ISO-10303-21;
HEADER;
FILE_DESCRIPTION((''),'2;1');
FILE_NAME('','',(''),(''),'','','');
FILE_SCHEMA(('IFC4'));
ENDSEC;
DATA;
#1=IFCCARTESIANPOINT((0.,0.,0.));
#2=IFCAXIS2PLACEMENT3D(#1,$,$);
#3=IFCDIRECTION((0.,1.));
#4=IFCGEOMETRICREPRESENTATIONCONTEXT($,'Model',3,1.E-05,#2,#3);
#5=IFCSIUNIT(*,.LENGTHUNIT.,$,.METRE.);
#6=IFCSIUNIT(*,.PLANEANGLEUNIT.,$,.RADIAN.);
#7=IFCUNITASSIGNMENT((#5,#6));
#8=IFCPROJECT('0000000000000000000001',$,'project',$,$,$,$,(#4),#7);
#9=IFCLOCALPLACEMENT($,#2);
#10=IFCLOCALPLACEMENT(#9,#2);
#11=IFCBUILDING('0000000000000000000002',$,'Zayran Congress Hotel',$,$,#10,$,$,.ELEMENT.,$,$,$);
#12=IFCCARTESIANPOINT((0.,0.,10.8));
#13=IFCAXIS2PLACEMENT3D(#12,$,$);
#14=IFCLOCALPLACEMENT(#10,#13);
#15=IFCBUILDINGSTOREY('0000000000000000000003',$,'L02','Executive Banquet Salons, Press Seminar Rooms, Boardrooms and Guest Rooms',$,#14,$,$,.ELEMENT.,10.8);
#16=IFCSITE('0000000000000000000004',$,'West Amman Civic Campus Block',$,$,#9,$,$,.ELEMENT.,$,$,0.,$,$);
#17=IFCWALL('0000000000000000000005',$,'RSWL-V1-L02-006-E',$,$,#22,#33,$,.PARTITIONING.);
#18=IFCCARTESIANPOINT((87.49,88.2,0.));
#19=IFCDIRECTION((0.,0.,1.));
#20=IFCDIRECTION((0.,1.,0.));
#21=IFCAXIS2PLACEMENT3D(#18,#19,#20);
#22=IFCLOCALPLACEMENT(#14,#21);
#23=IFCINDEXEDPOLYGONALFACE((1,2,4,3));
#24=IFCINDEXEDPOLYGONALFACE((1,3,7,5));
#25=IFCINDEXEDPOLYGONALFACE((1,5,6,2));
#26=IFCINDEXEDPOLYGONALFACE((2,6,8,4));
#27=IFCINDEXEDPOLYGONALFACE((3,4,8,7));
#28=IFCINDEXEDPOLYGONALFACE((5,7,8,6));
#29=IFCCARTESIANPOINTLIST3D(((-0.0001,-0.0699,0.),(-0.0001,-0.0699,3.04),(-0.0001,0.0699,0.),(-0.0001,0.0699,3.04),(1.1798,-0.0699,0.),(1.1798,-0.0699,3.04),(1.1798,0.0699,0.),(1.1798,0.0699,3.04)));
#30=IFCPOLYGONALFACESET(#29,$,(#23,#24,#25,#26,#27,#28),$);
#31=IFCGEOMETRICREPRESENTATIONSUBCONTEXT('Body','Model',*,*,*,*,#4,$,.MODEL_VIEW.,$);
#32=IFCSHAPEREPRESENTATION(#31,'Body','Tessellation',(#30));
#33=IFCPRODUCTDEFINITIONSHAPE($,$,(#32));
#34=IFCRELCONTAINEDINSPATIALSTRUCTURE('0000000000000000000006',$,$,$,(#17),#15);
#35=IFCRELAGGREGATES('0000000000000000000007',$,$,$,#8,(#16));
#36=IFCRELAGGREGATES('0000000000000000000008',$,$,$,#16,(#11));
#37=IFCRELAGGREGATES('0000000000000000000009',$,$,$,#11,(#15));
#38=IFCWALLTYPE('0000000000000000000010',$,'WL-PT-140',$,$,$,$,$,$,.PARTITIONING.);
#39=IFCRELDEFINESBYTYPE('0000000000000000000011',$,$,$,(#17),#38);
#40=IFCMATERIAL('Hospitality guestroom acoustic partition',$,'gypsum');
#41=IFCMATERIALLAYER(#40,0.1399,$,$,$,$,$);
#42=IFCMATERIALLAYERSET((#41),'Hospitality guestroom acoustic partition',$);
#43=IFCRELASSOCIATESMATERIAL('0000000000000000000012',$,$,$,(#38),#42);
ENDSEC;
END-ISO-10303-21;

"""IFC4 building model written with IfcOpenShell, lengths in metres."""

from ifc_helpers import new_model, si_unit, direction, frame, frame_2d, origin, place, context, subcontext, project, spatial, rectangle, extrude, material, layer, layer_set, type_object, element, save


model = new_model("IFC4")

# Units and contexts
model_context = context("Model", 3, precision=1e-05, world=origin(), true_north=direction((0.0, 1.0)))
body_context = subcontext(model_context, "Body", "Model", "MODEL_VIEW")
ifc_project = project(units=[si_unit("LENGTHUNIT", "METRE"), si_unit("PLANEANGLEUNIT", "RADIAN")], contexts=[model_context])

# Site, building, storey
site_placement = place(None, origin())
site = spatial("IfcSite", under=ifc_project, at=site_placement, Name="West Amman Civic Campus Block", CompositionType="ELEMENT", RefElevation=0.0)
building_placement = place(site_placement, origin())
building = spatial("IfcBuilding", under=site, at=building_placement, Name="Zayran Congress Hotel", CompositionType="ELEMENT")
storey_placement = place(building_placement, frame((0.0, 0.0, 10.8)))
storey = spatial("IfcBuildingStorey", under=building, at=storey_placement, Name="L02", Description="Executive Banquet Salons, Press Seminar Rooms, Boardrooms and Guest Rooms", CompositionType="ELEMENT", Elevation=10.8)

# Wall
ifc_material_1 = material(Name="Hospitality guestroom acoustic partition", Category="gypsum")
ifc_layer_1 = layer(ifc_material_1, 0.1399)
ifc_layer_set_1 = layer_set([ifc_layer_1], Name="Hospitality guestroom acoustic partition")
wall_type_1 = type_object("IfcWallType", Name="WL-PT-140", PredefinedType="PARTITIONING", material=ifc_layer_set_1)
for number, where, z_axis, x_axis, name in (
    (1, (87.49, 88.2, 0.0), (0.0, 0.0, 1.0), (0.0, 1.0, 0.0), "RSWL-V1-L02-006-E"),
):
    element("IfcWall", number, at=place(storey_placement, frame(where, z_axis=z_axis, x_axis=x_axis)), inside=storey, type_object=wall_type_1, Name=name, PredefinedType="PARTITIONING", context=body_context, shape_type="SweptSolid", body=[
        extrude(rectangle(XDim=1.1799, YDim=0.1399, at=frame_2d((0.5898, 0.0))), origin(), (0.0, 0.0, 1.0), 3.04),
    ])

save(model, "model.ifc")
